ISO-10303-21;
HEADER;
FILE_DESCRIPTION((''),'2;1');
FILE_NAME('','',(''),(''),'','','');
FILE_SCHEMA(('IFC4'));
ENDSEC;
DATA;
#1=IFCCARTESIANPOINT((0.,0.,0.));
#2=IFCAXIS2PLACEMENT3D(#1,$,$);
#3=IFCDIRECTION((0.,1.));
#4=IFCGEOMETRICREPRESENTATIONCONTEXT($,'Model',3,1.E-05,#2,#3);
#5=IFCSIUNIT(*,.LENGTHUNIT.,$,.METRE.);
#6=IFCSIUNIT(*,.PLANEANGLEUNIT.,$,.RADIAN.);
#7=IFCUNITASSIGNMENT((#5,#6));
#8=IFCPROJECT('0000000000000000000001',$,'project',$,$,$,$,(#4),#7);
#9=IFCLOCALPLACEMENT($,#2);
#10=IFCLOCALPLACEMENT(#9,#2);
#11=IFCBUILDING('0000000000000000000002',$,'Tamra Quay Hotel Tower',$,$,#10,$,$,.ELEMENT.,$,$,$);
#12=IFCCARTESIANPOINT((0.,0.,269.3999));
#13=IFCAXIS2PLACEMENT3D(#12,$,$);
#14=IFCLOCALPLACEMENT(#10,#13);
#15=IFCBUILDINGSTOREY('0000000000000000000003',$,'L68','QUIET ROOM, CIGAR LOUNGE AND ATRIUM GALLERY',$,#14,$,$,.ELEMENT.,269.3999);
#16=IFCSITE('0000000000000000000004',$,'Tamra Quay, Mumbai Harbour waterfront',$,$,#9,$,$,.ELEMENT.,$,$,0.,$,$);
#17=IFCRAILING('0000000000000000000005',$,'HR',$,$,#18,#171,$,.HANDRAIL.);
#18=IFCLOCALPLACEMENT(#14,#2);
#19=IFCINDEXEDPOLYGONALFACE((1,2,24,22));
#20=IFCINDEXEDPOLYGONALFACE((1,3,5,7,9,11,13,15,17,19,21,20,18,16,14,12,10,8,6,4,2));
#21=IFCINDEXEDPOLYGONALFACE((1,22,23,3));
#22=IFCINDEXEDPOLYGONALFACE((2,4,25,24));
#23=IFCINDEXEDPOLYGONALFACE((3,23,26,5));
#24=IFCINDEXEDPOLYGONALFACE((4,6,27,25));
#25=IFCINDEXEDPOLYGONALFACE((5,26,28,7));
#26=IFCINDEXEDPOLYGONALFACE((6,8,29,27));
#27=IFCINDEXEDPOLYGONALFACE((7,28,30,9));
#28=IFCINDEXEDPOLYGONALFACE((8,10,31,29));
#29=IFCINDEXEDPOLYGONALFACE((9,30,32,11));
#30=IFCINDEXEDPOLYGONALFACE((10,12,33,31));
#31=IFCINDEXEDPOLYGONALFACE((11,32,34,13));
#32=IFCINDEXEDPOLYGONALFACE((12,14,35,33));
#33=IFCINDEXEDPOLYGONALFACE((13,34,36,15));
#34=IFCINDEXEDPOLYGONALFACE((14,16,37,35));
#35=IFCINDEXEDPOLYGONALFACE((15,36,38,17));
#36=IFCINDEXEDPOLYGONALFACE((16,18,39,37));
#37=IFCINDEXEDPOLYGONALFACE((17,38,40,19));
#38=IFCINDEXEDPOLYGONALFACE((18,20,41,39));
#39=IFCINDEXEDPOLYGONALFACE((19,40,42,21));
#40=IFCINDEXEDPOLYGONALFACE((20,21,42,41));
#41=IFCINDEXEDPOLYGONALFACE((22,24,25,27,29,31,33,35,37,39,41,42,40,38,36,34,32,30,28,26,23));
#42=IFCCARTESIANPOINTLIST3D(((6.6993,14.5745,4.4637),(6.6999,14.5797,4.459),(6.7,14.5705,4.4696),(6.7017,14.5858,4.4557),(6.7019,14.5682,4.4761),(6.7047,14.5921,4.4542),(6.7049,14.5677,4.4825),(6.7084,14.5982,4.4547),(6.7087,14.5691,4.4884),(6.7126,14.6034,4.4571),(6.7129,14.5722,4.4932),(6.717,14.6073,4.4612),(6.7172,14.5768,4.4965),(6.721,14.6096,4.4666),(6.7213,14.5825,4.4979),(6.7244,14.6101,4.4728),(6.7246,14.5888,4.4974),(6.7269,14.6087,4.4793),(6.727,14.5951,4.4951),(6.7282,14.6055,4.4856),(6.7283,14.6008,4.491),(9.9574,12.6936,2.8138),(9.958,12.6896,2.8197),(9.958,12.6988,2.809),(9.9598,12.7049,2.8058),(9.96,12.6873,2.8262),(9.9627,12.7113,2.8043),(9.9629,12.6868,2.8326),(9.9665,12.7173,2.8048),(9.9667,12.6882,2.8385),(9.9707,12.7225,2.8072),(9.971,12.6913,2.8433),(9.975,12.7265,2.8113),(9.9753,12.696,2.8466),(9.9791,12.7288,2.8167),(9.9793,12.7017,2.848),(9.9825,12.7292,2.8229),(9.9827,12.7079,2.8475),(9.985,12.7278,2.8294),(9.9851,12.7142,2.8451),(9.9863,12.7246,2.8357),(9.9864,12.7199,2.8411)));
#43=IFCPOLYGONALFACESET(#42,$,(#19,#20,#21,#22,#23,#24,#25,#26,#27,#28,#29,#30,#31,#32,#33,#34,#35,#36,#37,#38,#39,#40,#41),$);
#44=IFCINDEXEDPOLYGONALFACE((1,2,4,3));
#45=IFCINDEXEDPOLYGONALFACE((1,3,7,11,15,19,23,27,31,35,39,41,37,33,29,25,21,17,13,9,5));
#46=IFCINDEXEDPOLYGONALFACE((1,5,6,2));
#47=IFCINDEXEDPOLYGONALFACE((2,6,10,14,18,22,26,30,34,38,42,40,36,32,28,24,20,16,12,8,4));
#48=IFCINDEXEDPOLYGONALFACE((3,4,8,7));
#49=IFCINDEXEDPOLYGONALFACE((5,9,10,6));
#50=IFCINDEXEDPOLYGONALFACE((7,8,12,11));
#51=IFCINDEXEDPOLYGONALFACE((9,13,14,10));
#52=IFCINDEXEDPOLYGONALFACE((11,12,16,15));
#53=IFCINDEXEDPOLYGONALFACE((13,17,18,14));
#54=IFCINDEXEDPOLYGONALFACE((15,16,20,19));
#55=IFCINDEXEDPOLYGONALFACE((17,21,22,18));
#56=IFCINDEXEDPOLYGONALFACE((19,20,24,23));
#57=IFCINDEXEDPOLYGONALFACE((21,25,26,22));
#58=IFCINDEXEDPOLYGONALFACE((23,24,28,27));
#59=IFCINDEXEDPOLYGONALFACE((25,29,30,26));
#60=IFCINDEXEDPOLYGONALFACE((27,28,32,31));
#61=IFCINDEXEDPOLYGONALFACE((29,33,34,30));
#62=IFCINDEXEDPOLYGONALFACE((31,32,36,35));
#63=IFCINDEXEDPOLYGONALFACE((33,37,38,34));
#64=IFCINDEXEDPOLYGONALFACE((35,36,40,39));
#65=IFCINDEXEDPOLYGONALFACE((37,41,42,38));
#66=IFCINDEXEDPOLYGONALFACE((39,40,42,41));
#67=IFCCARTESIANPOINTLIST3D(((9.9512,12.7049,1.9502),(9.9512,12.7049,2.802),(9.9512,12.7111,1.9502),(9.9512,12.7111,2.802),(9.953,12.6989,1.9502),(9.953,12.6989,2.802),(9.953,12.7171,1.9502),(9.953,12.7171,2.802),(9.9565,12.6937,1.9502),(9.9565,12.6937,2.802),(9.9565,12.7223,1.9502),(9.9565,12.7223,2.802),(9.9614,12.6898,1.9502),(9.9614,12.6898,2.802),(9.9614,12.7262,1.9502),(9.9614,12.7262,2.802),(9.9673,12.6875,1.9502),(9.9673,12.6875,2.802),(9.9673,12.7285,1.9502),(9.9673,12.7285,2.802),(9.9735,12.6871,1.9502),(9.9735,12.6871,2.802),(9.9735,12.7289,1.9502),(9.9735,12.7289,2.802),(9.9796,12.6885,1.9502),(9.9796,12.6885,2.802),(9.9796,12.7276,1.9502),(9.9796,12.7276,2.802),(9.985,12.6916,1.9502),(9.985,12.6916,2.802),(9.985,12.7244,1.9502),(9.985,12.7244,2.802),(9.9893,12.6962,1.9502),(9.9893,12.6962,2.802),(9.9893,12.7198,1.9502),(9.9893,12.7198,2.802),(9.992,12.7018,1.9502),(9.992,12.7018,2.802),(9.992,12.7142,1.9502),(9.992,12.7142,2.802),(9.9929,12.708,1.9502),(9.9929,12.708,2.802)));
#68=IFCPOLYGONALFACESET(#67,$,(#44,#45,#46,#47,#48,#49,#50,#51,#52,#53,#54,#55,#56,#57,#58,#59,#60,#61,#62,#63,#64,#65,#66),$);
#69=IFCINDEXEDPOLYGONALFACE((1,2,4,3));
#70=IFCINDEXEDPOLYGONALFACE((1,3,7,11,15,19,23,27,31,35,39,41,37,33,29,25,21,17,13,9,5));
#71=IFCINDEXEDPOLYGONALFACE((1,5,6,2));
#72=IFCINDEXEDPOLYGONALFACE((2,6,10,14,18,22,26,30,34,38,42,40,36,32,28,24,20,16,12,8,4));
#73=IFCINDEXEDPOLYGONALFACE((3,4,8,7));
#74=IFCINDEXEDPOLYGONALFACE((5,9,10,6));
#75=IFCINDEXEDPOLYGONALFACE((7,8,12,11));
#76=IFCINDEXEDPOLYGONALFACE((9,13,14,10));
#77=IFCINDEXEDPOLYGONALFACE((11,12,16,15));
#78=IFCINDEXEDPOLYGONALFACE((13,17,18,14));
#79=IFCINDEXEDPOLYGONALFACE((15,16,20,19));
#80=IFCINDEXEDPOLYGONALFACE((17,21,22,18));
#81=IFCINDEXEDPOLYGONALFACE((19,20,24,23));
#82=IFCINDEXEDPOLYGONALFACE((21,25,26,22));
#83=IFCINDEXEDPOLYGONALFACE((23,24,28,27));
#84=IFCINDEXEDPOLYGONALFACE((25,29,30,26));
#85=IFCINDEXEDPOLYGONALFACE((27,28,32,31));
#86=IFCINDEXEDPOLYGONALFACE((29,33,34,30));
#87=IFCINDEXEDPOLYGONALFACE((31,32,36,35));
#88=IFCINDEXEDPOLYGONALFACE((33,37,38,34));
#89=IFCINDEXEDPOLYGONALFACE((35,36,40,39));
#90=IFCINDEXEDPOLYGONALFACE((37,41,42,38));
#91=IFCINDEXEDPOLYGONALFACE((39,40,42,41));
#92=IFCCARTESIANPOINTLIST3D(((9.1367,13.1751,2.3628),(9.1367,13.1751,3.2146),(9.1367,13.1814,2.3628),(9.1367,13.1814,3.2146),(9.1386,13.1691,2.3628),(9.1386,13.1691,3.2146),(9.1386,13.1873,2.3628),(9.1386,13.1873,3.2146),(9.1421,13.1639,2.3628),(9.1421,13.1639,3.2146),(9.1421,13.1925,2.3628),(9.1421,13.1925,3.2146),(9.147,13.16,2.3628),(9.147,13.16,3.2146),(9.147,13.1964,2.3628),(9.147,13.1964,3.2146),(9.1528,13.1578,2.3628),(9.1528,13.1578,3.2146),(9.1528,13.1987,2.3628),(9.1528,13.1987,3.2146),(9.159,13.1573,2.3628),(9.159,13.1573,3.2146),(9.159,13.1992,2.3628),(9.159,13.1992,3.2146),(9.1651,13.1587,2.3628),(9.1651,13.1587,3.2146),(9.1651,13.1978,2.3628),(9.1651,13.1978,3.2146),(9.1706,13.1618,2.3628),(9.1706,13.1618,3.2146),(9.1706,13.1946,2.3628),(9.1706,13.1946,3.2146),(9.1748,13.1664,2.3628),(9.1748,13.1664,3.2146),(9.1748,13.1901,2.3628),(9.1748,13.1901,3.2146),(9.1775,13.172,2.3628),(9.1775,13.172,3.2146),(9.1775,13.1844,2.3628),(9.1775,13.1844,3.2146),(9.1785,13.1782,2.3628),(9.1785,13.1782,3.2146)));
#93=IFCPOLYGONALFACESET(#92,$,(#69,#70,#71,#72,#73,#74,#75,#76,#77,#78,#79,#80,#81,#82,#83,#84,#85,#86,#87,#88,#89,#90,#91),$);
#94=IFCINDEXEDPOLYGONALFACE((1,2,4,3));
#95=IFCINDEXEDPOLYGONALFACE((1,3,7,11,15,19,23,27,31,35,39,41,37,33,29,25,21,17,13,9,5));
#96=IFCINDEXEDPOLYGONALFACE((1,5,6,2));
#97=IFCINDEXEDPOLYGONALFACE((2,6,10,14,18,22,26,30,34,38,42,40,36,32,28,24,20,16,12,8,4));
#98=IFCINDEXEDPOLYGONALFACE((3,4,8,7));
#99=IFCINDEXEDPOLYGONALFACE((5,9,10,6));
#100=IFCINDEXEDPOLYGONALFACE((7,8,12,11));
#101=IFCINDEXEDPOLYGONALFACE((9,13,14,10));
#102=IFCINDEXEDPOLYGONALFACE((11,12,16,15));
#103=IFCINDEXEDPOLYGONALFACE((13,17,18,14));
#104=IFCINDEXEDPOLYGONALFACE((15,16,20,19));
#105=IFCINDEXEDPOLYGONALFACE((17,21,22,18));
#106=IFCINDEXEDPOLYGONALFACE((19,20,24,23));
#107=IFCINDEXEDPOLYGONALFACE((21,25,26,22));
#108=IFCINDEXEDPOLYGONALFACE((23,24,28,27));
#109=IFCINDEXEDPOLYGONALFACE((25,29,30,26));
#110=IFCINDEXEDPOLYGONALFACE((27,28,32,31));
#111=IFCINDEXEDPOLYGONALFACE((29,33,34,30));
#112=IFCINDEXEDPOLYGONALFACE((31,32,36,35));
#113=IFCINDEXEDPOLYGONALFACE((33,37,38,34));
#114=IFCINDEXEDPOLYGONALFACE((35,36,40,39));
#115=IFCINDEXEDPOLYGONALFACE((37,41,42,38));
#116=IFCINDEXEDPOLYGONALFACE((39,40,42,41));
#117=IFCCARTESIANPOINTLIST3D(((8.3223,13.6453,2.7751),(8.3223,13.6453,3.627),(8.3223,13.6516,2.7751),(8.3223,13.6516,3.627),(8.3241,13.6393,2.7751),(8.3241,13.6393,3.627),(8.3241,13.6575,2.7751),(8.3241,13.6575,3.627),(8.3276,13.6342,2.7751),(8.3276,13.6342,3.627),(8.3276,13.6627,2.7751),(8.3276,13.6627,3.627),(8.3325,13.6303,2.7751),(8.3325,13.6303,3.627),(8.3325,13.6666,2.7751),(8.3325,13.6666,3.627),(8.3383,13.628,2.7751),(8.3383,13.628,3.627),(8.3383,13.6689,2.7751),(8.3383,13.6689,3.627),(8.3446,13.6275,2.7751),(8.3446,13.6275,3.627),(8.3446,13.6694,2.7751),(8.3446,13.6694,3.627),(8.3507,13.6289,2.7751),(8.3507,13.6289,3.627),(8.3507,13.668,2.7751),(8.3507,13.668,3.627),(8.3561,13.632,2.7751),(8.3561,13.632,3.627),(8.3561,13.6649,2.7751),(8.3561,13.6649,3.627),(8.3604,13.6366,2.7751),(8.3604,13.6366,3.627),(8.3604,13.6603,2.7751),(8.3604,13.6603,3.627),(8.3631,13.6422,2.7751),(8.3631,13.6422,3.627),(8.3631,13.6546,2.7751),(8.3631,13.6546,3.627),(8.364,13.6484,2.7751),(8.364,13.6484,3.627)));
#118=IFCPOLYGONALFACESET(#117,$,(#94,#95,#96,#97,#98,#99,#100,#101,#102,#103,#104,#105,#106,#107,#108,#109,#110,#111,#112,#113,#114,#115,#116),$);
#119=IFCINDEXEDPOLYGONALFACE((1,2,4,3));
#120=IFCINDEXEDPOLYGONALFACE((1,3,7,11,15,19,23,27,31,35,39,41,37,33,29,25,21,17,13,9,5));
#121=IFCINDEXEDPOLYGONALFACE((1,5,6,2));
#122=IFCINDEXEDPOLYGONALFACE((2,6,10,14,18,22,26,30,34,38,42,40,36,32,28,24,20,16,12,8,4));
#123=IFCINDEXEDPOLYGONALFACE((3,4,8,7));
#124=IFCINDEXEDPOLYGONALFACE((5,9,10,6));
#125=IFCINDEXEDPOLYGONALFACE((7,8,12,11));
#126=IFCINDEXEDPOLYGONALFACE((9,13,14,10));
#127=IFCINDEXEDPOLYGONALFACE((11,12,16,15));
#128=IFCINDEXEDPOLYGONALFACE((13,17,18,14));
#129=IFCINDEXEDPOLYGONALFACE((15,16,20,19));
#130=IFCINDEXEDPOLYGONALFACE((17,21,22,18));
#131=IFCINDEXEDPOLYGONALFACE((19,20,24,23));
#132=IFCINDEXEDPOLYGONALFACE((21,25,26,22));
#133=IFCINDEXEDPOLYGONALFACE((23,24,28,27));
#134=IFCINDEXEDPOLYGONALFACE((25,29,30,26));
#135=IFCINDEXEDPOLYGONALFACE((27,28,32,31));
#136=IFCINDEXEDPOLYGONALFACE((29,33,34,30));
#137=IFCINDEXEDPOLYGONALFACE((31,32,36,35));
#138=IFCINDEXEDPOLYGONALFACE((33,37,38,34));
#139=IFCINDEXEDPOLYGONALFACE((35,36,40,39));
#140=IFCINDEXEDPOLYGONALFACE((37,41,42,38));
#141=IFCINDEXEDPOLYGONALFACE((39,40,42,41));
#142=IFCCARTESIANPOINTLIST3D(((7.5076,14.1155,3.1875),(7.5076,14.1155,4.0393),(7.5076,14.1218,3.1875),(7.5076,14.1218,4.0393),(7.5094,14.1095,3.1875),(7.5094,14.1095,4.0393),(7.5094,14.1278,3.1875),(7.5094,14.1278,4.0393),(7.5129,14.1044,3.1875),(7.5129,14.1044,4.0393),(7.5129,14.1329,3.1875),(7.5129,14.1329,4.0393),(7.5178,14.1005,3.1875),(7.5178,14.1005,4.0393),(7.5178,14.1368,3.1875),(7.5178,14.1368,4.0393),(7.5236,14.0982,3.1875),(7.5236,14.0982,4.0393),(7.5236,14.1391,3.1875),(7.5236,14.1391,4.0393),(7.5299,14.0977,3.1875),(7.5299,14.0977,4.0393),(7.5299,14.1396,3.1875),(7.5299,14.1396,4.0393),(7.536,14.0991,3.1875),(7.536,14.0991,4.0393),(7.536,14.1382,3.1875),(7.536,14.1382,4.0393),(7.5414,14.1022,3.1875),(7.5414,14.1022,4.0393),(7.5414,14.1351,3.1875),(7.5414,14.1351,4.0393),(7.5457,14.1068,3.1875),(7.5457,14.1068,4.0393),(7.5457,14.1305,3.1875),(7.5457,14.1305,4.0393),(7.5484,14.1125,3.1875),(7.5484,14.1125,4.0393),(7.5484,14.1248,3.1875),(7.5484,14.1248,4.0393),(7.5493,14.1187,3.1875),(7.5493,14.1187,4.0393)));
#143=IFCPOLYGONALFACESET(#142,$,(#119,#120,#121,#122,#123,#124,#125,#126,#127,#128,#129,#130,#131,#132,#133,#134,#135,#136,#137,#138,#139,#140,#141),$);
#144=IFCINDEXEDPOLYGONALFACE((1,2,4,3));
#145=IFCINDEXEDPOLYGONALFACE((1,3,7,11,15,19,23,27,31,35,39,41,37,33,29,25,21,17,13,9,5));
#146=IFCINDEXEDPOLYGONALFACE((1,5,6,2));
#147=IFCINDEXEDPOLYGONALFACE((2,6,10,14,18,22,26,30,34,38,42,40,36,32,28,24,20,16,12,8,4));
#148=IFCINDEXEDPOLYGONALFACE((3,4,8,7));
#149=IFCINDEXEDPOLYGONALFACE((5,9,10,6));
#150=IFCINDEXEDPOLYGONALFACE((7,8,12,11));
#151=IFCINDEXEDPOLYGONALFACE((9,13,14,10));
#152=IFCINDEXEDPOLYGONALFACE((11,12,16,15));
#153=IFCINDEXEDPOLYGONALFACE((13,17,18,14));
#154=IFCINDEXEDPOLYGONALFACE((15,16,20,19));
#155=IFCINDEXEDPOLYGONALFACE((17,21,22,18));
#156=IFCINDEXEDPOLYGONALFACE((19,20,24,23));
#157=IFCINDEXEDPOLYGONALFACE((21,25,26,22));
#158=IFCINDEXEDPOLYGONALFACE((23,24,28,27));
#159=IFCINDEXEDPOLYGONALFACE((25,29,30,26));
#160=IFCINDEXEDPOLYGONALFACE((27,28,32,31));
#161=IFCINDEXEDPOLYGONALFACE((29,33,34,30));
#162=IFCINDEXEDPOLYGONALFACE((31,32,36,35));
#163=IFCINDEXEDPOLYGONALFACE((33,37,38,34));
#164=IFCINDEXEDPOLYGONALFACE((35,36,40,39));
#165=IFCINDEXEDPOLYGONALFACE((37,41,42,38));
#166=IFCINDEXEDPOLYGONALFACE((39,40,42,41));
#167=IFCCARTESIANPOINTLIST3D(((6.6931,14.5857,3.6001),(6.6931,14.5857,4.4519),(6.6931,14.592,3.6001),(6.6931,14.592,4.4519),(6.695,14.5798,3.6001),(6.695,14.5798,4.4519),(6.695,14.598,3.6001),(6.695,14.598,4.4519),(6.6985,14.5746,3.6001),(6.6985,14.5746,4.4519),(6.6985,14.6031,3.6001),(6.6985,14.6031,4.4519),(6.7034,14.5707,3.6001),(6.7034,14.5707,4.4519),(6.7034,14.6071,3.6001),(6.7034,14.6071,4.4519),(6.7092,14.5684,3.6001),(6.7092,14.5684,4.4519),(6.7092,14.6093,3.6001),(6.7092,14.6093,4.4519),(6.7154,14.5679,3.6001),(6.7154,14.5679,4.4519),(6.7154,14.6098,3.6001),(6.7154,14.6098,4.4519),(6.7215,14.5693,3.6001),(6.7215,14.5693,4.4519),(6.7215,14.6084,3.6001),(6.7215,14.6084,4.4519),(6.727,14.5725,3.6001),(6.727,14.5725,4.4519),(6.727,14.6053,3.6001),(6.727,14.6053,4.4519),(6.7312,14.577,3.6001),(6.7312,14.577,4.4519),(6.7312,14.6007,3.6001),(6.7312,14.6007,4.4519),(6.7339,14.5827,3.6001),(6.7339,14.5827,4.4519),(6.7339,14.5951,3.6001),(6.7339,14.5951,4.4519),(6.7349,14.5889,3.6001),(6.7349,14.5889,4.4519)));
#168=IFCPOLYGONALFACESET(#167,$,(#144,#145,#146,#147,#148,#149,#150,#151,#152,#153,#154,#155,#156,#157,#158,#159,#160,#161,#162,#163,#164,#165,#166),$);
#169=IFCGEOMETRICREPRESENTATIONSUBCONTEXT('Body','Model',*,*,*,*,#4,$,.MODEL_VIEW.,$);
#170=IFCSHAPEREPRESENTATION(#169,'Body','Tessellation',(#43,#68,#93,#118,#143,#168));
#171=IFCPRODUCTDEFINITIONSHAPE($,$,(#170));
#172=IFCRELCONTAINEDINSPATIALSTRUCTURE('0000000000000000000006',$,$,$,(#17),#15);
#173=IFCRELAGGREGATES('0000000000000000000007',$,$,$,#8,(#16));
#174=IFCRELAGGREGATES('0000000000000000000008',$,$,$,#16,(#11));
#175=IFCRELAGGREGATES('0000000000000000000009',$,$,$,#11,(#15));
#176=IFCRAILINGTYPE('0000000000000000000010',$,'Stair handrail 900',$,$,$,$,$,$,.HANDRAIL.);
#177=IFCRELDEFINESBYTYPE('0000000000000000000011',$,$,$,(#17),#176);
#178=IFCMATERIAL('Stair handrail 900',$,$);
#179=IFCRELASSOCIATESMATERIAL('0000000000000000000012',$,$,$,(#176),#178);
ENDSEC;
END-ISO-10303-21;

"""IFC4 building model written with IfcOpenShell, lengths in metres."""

from ifc_helpers import new_model, si_unit, direction, frame, origin, origin_2d, place, context, subcontext, project, spatial, circle, extrude, material, type_object, element, save


model = new_model("IFC4")

# Units and contexts
model_context = context("Model", 3, precision=1e-05, world=origin(), true_north=direction((0.0, 1.0)))
body_context = subcontext(model_context, "Body", "Model", "MODEL_VIEW")
ifc_project = project(units=[si_unit("LENGTHUNIT", "METRE"), si_unit("PLANEANGLEUNIT", "RADIAN")], contexts=[model_context])

# Site, building, storey
site_placement = place(None, origin())
site = spatial("IfcSite", under=ifc_project, at=site_placement, Name="Tamra Quay, Mumbai Harbour waterfront", CompositionType="ELEMENT", RefElevation=0.0)
building_placement = place(site_placement, origin())
building = spatial("IfcBuilding", under=site, at=building_placement, Name="Tamra Quay Hotel Tower", CompositionType="ELEMENT")
storey_placement = place(building_placement, frame((0.0, 0.0, 269.3999)))
storey = spatial("IfcBuildingStorey", under=building, at=storey_placement, Name="L68", Description="QUIET ROOM, CIGAR LOUNGE AND ATRIUM GALLERY", CompositionType="ELEMENT", Elevation=269.3999)

# Railing
ifc_material_1 = material(Name="Stair handrail 900")
railing_type_1 = type_object("IfcRailingType", Name="Stair handrail 900", PredefinedType="HANDRAIL", material=ifc_material_1)
railing_1_placement = place(storey_placement, frame((9.9719, 12.708, 1.9502)))
element("IfcRailing", 1, at=railing_1_placement, inside=storey, type_object=railing_type_1, Name="HR", PredefinedType="HANDRAIL", context=body_context, shape_type="SweptSolid", body=[
    extrude(circle(Radius=0.0239, at=origin_2d()), frame((0.0, 0.0, 0.876), z_axis=(-0.793122, 0.457865, 0.401642), x_axis=(-0.499964, -0.866046, 0.0)), (0.0, 0.0, 1.0), 4.1079),
    extrude(circle(Radius=0.021, at=origin_2d()), origin(), (0.0, 0.0, 1.0), 0.8518),
    extrude(circle(Radius=0.021, at=origin_2d()), frame((-0.8145, 0.4702, 0.4126)), (0.0, 0.0, 1.0), 0.8518),
    extrude(circle(Radius=0.021, at=origin_2d()), frame((-1.6289, 0.9404, 0.825)), (0.0, 0.0, 1.0), 0.8518),
    extrude(circle(Radius=0.021, at=origin_2d()), frame((-2.4436, 1.4106, 1.2373)), (0.0, 0.0, 1.0), 0.8518),
    extrude(circle(Radius=0.021, at=origin_2d()), frame((-3.2581, 1.8809, 1.6499)), (0.0, 0.0, 1.0), 0.8518),
])

save(model, "model.ifc")
